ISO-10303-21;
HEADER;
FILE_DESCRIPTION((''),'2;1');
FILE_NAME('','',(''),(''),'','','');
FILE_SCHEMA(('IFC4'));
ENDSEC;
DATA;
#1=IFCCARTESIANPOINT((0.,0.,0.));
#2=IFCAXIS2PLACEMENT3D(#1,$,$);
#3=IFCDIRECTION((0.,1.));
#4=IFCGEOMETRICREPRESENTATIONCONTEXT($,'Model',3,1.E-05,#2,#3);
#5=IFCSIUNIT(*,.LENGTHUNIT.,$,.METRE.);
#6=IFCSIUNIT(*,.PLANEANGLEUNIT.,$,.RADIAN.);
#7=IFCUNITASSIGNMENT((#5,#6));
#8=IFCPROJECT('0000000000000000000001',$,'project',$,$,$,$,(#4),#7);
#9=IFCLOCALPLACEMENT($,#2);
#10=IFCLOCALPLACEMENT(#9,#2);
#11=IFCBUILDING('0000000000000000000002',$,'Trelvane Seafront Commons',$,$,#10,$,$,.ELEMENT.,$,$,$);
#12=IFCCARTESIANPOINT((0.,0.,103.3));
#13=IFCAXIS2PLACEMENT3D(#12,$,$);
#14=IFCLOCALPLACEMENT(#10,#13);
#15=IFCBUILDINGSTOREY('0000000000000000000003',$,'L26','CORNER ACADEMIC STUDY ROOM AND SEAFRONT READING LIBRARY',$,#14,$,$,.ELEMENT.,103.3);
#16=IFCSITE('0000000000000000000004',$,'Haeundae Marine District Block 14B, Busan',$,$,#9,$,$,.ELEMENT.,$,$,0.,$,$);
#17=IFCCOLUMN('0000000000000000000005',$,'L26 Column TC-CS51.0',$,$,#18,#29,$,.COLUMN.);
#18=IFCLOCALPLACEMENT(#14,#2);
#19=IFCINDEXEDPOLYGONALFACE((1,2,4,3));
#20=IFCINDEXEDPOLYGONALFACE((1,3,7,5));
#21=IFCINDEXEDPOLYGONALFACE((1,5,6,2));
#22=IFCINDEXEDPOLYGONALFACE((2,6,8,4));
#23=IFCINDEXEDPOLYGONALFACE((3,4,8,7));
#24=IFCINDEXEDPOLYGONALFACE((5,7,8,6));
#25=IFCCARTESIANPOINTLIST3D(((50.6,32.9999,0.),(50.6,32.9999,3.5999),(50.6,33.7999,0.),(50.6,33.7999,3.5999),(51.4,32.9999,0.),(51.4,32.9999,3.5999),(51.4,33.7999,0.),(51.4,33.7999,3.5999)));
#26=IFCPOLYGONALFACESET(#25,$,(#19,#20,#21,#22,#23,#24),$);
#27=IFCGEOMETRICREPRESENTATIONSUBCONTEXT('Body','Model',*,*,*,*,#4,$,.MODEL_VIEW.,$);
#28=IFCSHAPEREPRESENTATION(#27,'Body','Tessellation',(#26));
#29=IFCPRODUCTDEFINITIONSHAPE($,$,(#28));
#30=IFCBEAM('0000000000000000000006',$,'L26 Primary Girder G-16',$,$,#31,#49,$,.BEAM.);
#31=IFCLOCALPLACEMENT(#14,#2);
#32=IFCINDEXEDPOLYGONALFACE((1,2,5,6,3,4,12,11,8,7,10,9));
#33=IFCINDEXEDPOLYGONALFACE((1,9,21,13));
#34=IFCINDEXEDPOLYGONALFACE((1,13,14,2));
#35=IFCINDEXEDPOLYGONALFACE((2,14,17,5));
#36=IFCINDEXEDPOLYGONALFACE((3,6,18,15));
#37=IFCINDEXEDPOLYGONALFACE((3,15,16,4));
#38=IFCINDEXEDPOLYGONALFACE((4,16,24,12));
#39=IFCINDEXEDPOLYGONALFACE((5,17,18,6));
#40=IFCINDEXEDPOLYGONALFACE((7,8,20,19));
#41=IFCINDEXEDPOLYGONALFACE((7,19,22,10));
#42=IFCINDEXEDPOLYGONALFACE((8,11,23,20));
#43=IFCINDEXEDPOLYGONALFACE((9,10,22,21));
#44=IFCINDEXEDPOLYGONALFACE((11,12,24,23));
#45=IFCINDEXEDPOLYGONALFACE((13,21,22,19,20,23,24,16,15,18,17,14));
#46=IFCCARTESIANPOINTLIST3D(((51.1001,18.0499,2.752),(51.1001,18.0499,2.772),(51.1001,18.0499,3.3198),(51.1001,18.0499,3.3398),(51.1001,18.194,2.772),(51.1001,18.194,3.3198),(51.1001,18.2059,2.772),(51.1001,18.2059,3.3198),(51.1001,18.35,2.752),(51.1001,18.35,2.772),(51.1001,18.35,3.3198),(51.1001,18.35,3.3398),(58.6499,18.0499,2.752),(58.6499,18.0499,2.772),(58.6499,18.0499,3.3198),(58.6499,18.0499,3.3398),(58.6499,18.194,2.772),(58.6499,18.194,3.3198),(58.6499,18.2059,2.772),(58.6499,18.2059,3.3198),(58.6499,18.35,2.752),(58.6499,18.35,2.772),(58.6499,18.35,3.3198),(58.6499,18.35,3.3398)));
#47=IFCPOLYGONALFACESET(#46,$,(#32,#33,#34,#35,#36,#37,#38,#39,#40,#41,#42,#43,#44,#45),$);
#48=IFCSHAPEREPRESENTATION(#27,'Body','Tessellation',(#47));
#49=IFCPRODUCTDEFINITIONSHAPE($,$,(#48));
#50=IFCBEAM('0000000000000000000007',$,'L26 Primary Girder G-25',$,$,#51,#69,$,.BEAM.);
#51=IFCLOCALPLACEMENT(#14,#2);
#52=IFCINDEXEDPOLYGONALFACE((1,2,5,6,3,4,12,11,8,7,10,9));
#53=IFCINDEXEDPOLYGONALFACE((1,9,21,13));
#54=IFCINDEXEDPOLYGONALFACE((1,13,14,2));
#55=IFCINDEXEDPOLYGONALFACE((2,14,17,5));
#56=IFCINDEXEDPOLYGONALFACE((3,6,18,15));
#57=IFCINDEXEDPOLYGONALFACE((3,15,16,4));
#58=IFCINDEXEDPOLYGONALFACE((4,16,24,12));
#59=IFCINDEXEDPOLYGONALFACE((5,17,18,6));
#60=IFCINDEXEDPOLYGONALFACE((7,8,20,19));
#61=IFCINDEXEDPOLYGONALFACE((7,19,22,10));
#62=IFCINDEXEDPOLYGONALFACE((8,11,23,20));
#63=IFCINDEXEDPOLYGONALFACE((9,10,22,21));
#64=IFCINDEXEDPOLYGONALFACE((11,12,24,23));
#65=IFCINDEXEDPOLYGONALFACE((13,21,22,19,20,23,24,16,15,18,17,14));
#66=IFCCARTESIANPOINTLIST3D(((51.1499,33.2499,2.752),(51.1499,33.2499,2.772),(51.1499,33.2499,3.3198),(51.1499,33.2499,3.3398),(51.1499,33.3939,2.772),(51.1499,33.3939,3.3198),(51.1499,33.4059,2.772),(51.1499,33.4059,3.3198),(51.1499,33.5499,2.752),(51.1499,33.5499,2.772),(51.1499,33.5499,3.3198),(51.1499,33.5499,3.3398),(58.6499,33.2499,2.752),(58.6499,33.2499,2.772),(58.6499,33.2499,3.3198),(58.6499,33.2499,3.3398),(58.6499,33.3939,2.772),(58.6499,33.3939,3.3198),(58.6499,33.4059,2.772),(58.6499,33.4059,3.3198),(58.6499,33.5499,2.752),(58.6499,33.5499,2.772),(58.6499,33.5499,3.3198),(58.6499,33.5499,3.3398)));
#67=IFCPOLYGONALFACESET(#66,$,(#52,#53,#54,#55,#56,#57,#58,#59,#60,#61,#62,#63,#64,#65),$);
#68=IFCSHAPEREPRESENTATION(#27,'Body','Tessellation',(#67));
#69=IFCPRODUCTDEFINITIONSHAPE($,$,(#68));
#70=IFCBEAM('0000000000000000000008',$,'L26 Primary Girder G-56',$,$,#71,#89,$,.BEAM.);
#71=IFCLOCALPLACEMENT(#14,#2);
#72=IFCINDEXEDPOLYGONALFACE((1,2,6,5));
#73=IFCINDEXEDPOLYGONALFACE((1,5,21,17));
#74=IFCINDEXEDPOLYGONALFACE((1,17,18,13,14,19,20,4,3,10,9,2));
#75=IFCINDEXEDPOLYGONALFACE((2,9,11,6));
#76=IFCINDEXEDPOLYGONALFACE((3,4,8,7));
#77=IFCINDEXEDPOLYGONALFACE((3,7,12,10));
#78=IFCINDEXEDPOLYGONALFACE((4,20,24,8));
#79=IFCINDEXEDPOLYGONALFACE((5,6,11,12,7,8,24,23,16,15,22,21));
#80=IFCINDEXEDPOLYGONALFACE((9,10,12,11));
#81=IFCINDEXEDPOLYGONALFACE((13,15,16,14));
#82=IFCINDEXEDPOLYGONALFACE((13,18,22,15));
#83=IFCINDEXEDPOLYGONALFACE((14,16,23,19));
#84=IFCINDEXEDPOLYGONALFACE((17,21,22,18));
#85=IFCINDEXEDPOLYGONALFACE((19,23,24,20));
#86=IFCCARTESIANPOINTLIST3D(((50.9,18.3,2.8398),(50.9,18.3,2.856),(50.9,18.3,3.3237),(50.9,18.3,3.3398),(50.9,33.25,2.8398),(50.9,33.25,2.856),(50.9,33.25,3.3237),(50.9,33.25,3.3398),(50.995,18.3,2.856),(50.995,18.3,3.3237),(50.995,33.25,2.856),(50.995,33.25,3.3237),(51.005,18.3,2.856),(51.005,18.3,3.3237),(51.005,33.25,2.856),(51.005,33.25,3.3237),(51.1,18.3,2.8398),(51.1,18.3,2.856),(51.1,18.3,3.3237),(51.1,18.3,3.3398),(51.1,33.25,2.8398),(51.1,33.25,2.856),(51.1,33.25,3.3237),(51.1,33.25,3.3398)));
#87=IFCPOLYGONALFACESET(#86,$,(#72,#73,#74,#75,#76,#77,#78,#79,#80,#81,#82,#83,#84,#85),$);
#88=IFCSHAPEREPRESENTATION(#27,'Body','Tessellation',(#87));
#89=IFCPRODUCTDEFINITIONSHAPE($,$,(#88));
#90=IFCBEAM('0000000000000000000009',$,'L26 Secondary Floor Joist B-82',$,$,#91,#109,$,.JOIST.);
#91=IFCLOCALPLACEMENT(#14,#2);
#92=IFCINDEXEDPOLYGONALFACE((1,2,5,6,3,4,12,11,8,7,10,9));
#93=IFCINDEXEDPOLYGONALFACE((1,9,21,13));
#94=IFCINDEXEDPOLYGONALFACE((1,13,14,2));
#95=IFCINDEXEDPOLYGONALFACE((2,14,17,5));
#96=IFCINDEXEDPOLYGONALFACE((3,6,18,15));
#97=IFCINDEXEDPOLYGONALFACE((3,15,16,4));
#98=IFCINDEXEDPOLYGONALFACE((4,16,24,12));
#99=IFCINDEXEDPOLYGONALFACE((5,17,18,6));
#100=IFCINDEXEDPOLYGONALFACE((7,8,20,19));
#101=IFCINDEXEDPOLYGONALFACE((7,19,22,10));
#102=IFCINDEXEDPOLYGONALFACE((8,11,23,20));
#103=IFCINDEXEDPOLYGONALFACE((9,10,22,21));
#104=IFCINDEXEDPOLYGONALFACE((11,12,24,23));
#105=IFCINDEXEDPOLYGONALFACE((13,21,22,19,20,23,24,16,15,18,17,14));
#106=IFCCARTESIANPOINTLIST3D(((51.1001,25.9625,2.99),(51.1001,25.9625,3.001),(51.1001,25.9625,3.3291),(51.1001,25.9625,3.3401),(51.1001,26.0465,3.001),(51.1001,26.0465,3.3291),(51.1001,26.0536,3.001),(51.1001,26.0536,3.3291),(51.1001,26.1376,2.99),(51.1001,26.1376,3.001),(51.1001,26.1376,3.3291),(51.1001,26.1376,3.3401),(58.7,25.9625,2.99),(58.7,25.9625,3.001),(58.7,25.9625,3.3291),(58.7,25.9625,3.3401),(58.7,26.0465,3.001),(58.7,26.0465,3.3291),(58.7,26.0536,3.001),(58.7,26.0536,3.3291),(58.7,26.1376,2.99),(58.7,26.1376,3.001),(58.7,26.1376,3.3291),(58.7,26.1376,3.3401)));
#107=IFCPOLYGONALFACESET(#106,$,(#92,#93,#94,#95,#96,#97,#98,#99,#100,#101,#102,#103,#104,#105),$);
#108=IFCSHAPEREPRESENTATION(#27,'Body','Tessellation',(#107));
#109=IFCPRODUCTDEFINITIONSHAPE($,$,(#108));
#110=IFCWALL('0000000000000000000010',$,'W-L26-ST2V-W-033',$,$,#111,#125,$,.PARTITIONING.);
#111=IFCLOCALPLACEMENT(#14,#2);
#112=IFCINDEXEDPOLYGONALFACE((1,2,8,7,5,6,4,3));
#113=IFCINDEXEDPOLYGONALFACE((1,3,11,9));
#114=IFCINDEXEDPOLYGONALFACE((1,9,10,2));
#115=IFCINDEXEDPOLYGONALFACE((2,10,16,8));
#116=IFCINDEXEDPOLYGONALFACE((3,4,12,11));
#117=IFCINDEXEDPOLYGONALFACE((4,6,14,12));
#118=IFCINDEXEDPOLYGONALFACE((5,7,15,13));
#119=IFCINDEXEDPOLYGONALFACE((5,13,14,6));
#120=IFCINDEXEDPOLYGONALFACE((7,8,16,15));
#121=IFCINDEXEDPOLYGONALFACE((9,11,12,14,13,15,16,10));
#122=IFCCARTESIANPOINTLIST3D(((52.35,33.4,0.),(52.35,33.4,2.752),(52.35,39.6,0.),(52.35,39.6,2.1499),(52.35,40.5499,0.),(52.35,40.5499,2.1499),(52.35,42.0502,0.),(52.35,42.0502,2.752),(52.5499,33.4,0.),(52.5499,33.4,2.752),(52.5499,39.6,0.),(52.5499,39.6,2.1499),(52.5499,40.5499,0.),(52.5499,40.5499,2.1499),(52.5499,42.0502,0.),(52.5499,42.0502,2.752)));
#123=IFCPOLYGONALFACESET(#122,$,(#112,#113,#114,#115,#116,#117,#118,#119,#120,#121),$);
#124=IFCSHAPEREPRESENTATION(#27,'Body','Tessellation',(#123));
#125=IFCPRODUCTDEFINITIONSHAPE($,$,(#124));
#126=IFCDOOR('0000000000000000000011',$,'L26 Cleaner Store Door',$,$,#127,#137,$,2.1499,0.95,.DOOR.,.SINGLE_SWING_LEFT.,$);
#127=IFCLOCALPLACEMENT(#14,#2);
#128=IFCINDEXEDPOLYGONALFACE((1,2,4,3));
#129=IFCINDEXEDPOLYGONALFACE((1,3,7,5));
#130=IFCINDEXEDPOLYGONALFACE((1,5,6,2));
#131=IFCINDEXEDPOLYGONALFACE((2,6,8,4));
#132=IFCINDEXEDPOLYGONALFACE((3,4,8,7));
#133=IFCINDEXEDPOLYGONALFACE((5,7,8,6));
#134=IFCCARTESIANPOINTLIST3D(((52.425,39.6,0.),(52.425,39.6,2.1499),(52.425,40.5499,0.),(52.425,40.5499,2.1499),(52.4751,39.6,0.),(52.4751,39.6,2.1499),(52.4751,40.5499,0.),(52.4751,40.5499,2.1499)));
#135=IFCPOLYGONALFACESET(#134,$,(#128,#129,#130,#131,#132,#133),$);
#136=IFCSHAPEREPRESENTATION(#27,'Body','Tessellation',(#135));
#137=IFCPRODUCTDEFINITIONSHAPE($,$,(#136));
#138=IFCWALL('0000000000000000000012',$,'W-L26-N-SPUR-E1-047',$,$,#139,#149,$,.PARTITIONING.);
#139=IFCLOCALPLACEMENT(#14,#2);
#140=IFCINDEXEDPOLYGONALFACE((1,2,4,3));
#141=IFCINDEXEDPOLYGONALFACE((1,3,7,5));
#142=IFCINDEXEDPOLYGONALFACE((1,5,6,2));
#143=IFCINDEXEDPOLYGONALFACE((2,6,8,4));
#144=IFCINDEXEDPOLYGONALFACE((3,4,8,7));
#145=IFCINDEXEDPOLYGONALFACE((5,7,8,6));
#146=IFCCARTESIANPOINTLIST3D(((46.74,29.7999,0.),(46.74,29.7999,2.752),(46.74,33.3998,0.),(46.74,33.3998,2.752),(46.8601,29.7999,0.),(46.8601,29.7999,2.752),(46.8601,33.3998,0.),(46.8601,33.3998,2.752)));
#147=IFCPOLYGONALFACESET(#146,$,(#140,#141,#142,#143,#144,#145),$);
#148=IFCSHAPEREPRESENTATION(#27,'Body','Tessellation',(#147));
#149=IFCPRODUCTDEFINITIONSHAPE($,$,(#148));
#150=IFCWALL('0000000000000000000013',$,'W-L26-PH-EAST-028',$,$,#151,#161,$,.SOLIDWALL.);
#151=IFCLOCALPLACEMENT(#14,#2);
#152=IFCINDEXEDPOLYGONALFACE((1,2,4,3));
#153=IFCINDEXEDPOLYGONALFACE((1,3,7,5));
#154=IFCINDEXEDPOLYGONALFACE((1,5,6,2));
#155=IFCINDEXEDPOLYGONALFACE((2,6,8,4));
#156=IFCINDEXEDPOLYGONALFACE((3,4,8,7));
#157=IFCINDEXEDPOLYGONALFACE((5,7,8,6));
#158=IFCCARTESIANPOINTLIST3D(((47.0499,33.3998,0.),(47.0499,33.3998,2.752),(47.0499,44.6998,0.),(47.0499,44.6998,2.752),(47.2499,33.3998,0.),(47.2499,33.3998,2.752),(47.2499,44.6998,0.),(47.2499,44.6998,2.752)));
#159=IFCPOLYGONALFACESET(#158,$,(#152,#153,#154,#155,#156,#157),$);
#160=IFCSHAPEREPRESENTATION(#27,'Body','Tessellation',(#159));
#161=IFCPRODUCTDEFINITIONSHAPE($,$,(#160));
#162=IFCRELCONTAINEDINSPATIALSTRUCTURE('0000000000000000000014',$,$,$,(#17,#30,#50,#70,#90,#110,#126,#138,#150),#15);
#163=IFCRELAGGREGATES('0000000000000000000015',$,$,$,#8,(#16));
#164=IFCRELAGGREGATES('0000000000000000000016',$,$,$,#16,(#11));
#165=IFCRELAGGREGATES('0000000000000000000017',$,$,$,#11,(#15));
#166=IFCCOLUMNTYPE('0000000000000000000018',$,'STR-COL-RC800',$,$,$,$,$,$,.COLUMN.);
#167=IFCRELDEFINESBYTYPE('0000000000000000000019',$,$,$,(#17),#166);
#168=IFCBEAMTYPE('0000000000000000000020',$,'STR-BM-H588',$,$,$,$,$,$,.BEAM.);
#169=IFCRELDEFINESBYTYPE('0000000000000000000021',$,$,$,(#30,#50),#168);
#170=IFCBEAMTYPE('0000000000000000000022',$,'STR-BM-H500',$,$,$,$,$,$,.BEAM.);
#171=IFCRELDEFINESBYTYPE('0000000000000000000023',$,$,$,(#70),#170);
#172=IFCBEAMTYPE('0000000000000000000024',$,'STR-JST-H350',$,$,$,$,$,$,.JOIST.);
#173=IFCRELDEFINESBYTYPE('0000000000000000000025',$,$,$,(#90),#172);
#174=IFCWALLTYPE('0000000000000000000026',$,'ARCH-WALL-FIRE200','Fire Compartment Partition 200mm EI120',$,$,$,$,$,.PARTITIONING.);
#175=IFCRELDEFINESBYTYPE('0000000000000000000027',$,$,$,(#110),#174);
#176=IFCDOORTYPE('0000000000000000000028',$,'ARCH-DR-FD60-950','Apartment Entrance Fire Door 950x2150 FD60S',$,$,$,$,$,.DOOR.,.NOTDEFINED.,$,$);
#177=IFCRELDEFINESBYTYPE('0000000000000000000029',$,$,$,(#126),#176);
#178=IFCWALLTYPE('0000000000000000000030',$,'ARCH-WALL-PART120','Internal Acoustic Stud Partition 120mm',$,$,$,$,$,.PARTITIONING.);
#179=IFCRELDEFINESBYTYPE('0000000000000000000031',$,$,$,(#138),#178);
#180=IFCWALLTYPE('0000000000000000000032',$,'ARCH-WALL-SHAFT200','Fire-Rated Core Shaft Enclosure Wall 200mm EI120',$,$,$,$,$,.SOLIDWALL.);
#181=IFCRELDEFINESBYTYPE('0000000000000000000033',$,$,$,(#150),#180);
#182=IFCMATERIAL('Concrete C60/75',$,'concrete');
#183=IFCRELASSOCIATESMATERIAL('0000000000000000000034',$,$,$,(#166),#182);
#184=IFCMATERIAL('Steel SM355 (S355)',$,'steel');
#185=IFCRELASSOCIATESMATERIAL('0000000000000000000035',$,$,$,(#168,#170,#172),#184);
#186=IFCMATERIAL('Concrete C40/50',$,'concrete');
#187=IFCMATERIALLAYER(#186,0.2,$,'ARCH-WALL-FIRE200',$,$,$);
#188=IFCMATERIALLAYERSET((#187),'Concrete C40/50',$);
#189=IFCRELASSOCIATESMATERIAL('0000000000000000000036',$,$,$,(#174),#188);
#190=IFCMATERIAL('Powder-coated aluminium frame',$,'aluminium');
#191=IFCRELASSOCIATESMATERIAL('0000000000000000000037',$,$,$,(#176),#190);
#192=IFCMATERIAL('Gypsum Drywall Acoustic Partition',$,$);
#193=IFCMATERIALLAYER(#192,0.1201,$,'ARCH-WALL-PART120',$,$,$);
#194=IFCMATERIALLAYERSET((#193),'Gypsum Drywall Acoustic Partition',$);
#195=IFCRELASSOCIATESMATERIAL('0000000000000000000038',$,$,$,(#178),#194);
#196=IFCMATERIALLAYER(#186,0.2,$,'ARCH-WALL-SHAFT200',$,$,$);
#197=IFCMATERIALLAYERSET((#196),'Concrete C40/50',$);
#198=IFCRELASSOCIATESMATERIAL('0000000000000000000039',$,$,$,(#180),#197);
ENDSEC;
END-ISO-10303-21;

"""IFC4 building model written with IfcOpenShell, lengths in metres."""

from ifc_helpers import new_model, si_unit, direction, frame, frame_2d, origin, origin_2d, place, context, subcontext, project, spatial, rectangle, i_section, extrude, source, transform, mapped, material, layer, layer_set, material_profile, profile_set, type_object, element, fill, save


model = new_model("IFC4")

# Units and contexts
model_context = context("Model", 3, precision=1e-05, world=origin(), true_north=direction((0.0, 1.0)))
body_context = subcontext(model_context, "Body", "Model", "MODEL_VIEW")
ifc_project = project(units=[si_unit("LENGTHUNIT", "METRE"), si_unit("PLANEANGLEUNIT", "RADIAN")], contexts=[model_context])

# Site, building, storey
site_placement = place(None, origin())
site = spatial("IfcSite", under=ifc_project, at=site_placement, Name="Haeundae Marine District Block 14B, Busan", CompositionType="ELEMENT", RefElevation=0.0)
building_placement = place(site_placement, origin())
building = spatial("IfcBuilding", under=site, at=building_placement, Name="Trelvane Seafront Commons", CompositionType="ELEMENT")
storey_placement = place(building_placement, frame((0.0, 0.0, 103.3)))
storey = spatial("IfcBuildingStorey", under=building, at=storey_placement, Name="L26", Description="CORNER ACADEMIC STUDY ROOM AND SEAFRONT READING LIBRARY", CompositionType="ELEMENT", Elevation=103.3)

# Column
ifc_material_1 = material(Name="Concrete C60/75", Category="concrete")
ifc_material_profile_1 = material_profile(ifc_material_1, rectangle(XDim=0.8, YDim=0.8, at=origin_2d()), Name="RC-800x800")
ifc_profile_set_1 = profile_set([ifc_material_profile_1], Name="Concrete C60/75")
column_type = type_object("IfcColumnType", Name="STR-COL-RC800", PredefinedType="COLUMN", material=ifc_profile_set_1)
shared_shape_1 = source(origin(), body_context, "Body", "SweptSolid", [
    extrude(rectangle(XDim=0.8, YDim=0.8, at=origin_2d()), origin(), (0.0, 0.0, 1.0), 3.5999),
])
column_placement = place(storey_placement, frame((51.0, 33.3999, 0.0), z_axis=(0.0, 0.0, 1.0), x_axis=(1.0, 0.0, 0.0)))
element("IfcColumn", 1, at=column_placement, inside=storey, type_object=column_type, Name="L26 Column TC-CS51.0", PredefinedType="COLUMN", context=body_context, shape_type="MappedRepresentation", body=[
    mapped(shared_shape_1, transform((0.0, 0.0, 0.0), x_axis=(1.0, 0.0, 0.0), y_axis=(0.0, 1.0, 0.0), z_axis=(0.0, 0.0, 1.0), scale=1.0)),
])

# Beams
ifc_material_2 = material(Name="Steel SM355 (S355)", Category="steel")
ifc_material_profile_2 = material_profile(ifc_material_2, i_section(OverallWidth=0.3, OverallDepth=0.5879, WebThickness=0.012, FlangeThickness=0.02, at=origin_2d()), Name="H-588x300x12x20")
ifc_profile_set_2 = profile_set([ifc_material_profile_2], Name="Steel SM355 (S355)")
beam_type_1 = type_object("IfcBeamType", Name="STR-BM-H588", PredefinedType="BEAM", material=ifc_profile_set_2)
shared_shape_2 = source(origin(), body_context, "Body", "SweptSolid", [
    extrude(i_section(OverallWidth=0.3, OverallDepth=0.5879, WebThickness=0.012, FlangeThickness=0.02, at=origin_2d()), origin(), (0.0, 0.0, 1.0), 7.5498),
])
beam_1_placement = place(storey_placement, frame((51.1001, 18.2, 3.0459), z_axis=(1.0, 0.0, 0.0), x_axis=(0.0, 1.0, 0.0)))
element("IfcBeam", 2, at=beam_1_placement, inside=storey, type_object=beam_type_1, Name="L26 Primary Girder G-16", PredefinedType="BEAM", context=body_context, shape_type="MappedRepresentation", body=[
    mapped(shared_shape_2, transform((0.0, 0.0, 0.0), x_axis=(1.0, 0.0, 0.0), y_axis=(0.0, 1.0, 0.0), z_axis=(0.0, 0.0, 1.0), scale=1.0)),
])
shared_shape_3 = source(origin(), body_context, "Body", "SweptSolid", [
    extrude(i_section(OverallWidth=0.3, OverallDepth=0.5879, WebThickness=0.012, FlangeThickness=0.02, at=origin_2d()), origin(), (0.0, 0.0, 1.0), 7.5),
])
beam_2_placement = place(storey_placement, frame((51.1499, 33.3999, 3.0459), z_axis=(1.0, 0.0, 0.0), x_axis=(0.0, 1.0, 0.0)))
element("IfcBeam", 3, at=beam_2_placement, inside=storey, type_object=beam_type_1, Name="L26 Primary Girder G-25", PredefinedType="BEAM", context=body_context, shape_type="MappedRepresentation", body=[
    mapped(shared_shape_3, transform((0.0, 0.0, 0.0), x_axis=(1.0, 0.0, 0.0), y_axis=(0.0, 1.0, 0.0), z_axis=(0.0, 0.0, 1.0), scale=1.0)),
])
ifc_material_profile_3 = material_profile(ifc_material_2, i_section(OverallWidth=0.2, OverallDepth=0.5, WebThickness=0.01, FlangeThickness=0.0161, at=origin_2d()), Name="H-500x200x10x16")
ifc_profile_set_3 = profile_set([ifc_material_profile_3], Name="Steel SM355 (S355)")
beam_type_2 = type_object("IfcBeamType", Name="STR-BM-H500", PredefinedType="BEAM", material=ifc_profile_set_3)
shared_shape_4 = source(origin(), body_context, "Body", "SweptSolid", [
    extrude(i_section(OverallWidth=0.2, OverallDepth=0.5, WebThickness=0.01, FlangeThickness=0.0161, at=origin_2d()), origin(), (0.0, 0.0, 1.0), 14.95),
])
beam_3_placement = place(storey_placement, frame((51.0, 18.3, 3.0898), z_axis=(0.0, 1.0, 0.0), x_axis=(-1.0, 0.0, 0.0)))
element("IfcBeam", 4, at=beam_3_placement, inside=storey, type_object=beam_type_2, Name="L26 Primary Girder G-56", PredefinedType="BEAM", context=body_context, shape_type="MappedRepresentation", body=[
    mapped(shared_shape_4, transform((0.0, 0.0, 0.0), x_axis=(1.0, 0.0, 0.0), y_axis=(0.0, 1.0, 0.0), z_axis=(0.0, 0.0, 1.0), scale=1.0)),
])
ifc_material_profile_4 = material_profile(ifc_material_2, i_section(OverallWidth=0.175, OverallDepth=0.3501, WebThickness=0.0071, FlangeThickness=0.011, at=origin_2d()), Name="H-350x175x7x11")
ifc_profile_set_4 = profile_set([ifc_material_profile_4], Name="Steel SM355 (S355)")
beam_type_3 = type_object("IfcBeamType", Name="STR-JST-H350", PredefinedType="JOIST", material=ifc_profile_set_4)
shared_shape_5 = source(origin(), body_context, "Body", "SweptSolid", [
    extrude(i_section(OverallWidth=0.175, OverallDepth=0.3501, WebThickness=0.0071, FlangeThickness=0.011, at=origin_2d()), origin(), (0.0, 0.0, 1.0), 7.5999),
])
beam_4_placement = place(storey_placement, frame((51.1001, 26.05, 3.165), z_axis=(1.0, 0.0, 0.0), x_axis=(0.0, 1.0, 0.0)))
element("IfcBeam", 5, at=beam_4_placement, inside=storey, type_object=beam_type_3, Name="L26 Secondary Floor Joist B-82", PredefinedType="JOIST", context=body_context, shape_type="MappedRepresentation", body=[
    mapped(shared_shape_5, transform((0.0, 0.0, 0.0), x_axis=(1.0, 0.0, 0.0), y_axis=(0.0, 1.0, 0.0), z_axis=(0.0, 0.0, 1.0), scale=1.0)),
])

# Wall, opening, door
ifc_material_3 = material(Name="Concrete C40/50", Category="concrete")
ifc_layer_1 = layer(ifc_material_3, 0.2, Name="ARCH-WALL-FIRE200")
ifc_layer_set_1 = layer_set([ifc_layer_1], Name="Concrete C40/50")
wall_type_1 = type_object("IfcWallType", Name="ARCH-WALL-FIRE200", Description="Fire Compartment Partition 200mm EI120", PredefinedType="PARTITIONING", material=ifc_layer_set_1)
wall_1_placement = place(storey_placement, frame((52.45, 33.3999, 0.0), z_axis=(0.0, 0.0, 1.0), x_axis=(0.0, 1.0, 0.0)))
wall_1 = element("IfcWall", 6, at=wall_1_placement, inside=storey, type_object=wall_type_1, Name="W-L26-ST2V-W-033", PredefinedType="PARTITIONING", context=body_context, shape_type="SweptSolid", body=[
    extrude(rectangle(XDim=8.6501, YDim=0.2, at=frame_2d((4.3252, 0.0))), origin(), (0.0, 0.0, 1.0), 2.752),
])
opening_1_placement = place(wall_1_placement, frame((6.2, 0.0, 0.0)))
opening_1 = element("IfcOpeningElement", 7, at=opening_1_placement, cuts=wall_1, PredefinedType="OPENING", context=body_context, shape_type="SweptSolid", body=[
    extrude(rectangle(XDim=0.95, YDim=2.1499, at=frame_2d((0.4751, 1.075))), frame((0.0, 0.1099, 0.0), z_axis=(0.0, -1.0, 0.0), x_axis=(1.0, 0.0, 0.0)), (0.0, 0.0, 1.0), 0.22),
])
ifc_material_4 = material(Name="Powder-coated aluminium frame", Category="aluminium")
door_type_1 = type_object("IfcDoorType", Name="ARCH-DR-FD60-950", Description="Apartment Entrance Fire Door 950x2150 FD60S", OperationType="NOTDEFINED", PredefinedType="DOOR", material=ifc_material_4)
shared_shape_6 = source(origin(), body_context, "Body", "SweptSolid", [
    extrude(rectangle(XDim=0.95, YDim=2.1499, at=frame_2d((0.4751, 1.075))), frame((0.0, 0.0249, 0.0), z_axis=(0.0, -1.0, 0.0), x_axis=(1.0, 0.0, 0.0)), (0.0, 0.0, 1.0), 0.05),
])
door_1_placement = place(opening_1_placement, origin())
door_1 = element("IfcDoor", 8, at=door_1_placement, inside=storey, type_object=door_type_1, Name="L26 Cleaner Store Door", OperationType="SINGLE_SWING_LEFT", OverallHeight=2.1499, OverallWidth=0.95, PredefinedType="DOOR", context=body_context, shape_type="MappedRepresentation", body=[
    mapped(shared_shape_6, transform((0.0, 0.0, 0.0), x_axis=(1.0, 0.0, 0.0), y_axis=(0.0, 1.0, 0.0), z_axis=(0.0, 0.0, 1.0), scale=1.0)),
])
fill(opening_1, door_1)

# Shared definitions
ifc_material_5 = material(Name="Gypsum Drywall Acoustic Partition")
ifc_layer_2 = layer(ifc_material_5, 0.1201, Name="ARCH-WALL-PART120")
ifc_layer_set_2 = layer_set([ifc_layer_2], Name="Gypsum Drywall Acoustic Partition")
wall_type_2 = type_object("IfcWallType", Name="ARCH-WALL-PART120", Description="Internal Acoustic Stud Partition 120mm", PredefinedType="PARTITIONING", material=ifc_layer_set_2)

# Wall
wall_2_placement = place(storey_placement, frame((46.8, 29.8, 0.0), z_axis=(0.0, 0.0, 1.0), x_axis=(0.0, 1.0, 0.0)))
element("IfcWall", 9, at=wall_2_placement, inside=storey, type_object=wall_type_2, Name="W-L26-N-SPUR-E1-047", PredefinedType="PARTITIONING", context=body_context, shape_type="SweptSolid", body=[
    extrude(rectangle(XDim=3.5999, YDim=0.1201, at=frame_2d((1.7998, 0.0))), origin(), (0.0, 0.0, 1.0), 2.752),
])

# Wall
ifc_layer_3 = layer(ifc_material_3, 0.2, Name="ARCH-WALL-SHAFT200")
ifc_layer_set_3 = layer_set([ifc_layer_3], Name="Concrete C40/50")
wall_type_3 = type_object("IfcWallType", Name="ARCH-WALL-SHAFT200", Description="Fire-Rated Core Shaft Enclosure Wall 200mm EI120", PredefinedType="SOLIDWALL", material=ifc_layer_set_3)
wall_3_placement = place(storey_placement, frame((47.1499, 33.3999, 0.0), z_axis=(0.0, 0.0, 1.0), x_axis=(0.0, 1.0, 0.0)))
element("IfcWall", 10, at=wall_3_placement, inside=storey, type_object=wall_type_3, Name="W-L26-PH-EAST-028", PredefinedType="SOLIDWALL", context=body_context, shape_type="SweptSolid", body=[
    extrude(rectangle(XDim=11.3, YDim=0.2, at=frame_2d((5.6499, 0.0))), origin(), (0.0, 0.0, 1.0), 2.752),
])

save(model, "model.ifc")
